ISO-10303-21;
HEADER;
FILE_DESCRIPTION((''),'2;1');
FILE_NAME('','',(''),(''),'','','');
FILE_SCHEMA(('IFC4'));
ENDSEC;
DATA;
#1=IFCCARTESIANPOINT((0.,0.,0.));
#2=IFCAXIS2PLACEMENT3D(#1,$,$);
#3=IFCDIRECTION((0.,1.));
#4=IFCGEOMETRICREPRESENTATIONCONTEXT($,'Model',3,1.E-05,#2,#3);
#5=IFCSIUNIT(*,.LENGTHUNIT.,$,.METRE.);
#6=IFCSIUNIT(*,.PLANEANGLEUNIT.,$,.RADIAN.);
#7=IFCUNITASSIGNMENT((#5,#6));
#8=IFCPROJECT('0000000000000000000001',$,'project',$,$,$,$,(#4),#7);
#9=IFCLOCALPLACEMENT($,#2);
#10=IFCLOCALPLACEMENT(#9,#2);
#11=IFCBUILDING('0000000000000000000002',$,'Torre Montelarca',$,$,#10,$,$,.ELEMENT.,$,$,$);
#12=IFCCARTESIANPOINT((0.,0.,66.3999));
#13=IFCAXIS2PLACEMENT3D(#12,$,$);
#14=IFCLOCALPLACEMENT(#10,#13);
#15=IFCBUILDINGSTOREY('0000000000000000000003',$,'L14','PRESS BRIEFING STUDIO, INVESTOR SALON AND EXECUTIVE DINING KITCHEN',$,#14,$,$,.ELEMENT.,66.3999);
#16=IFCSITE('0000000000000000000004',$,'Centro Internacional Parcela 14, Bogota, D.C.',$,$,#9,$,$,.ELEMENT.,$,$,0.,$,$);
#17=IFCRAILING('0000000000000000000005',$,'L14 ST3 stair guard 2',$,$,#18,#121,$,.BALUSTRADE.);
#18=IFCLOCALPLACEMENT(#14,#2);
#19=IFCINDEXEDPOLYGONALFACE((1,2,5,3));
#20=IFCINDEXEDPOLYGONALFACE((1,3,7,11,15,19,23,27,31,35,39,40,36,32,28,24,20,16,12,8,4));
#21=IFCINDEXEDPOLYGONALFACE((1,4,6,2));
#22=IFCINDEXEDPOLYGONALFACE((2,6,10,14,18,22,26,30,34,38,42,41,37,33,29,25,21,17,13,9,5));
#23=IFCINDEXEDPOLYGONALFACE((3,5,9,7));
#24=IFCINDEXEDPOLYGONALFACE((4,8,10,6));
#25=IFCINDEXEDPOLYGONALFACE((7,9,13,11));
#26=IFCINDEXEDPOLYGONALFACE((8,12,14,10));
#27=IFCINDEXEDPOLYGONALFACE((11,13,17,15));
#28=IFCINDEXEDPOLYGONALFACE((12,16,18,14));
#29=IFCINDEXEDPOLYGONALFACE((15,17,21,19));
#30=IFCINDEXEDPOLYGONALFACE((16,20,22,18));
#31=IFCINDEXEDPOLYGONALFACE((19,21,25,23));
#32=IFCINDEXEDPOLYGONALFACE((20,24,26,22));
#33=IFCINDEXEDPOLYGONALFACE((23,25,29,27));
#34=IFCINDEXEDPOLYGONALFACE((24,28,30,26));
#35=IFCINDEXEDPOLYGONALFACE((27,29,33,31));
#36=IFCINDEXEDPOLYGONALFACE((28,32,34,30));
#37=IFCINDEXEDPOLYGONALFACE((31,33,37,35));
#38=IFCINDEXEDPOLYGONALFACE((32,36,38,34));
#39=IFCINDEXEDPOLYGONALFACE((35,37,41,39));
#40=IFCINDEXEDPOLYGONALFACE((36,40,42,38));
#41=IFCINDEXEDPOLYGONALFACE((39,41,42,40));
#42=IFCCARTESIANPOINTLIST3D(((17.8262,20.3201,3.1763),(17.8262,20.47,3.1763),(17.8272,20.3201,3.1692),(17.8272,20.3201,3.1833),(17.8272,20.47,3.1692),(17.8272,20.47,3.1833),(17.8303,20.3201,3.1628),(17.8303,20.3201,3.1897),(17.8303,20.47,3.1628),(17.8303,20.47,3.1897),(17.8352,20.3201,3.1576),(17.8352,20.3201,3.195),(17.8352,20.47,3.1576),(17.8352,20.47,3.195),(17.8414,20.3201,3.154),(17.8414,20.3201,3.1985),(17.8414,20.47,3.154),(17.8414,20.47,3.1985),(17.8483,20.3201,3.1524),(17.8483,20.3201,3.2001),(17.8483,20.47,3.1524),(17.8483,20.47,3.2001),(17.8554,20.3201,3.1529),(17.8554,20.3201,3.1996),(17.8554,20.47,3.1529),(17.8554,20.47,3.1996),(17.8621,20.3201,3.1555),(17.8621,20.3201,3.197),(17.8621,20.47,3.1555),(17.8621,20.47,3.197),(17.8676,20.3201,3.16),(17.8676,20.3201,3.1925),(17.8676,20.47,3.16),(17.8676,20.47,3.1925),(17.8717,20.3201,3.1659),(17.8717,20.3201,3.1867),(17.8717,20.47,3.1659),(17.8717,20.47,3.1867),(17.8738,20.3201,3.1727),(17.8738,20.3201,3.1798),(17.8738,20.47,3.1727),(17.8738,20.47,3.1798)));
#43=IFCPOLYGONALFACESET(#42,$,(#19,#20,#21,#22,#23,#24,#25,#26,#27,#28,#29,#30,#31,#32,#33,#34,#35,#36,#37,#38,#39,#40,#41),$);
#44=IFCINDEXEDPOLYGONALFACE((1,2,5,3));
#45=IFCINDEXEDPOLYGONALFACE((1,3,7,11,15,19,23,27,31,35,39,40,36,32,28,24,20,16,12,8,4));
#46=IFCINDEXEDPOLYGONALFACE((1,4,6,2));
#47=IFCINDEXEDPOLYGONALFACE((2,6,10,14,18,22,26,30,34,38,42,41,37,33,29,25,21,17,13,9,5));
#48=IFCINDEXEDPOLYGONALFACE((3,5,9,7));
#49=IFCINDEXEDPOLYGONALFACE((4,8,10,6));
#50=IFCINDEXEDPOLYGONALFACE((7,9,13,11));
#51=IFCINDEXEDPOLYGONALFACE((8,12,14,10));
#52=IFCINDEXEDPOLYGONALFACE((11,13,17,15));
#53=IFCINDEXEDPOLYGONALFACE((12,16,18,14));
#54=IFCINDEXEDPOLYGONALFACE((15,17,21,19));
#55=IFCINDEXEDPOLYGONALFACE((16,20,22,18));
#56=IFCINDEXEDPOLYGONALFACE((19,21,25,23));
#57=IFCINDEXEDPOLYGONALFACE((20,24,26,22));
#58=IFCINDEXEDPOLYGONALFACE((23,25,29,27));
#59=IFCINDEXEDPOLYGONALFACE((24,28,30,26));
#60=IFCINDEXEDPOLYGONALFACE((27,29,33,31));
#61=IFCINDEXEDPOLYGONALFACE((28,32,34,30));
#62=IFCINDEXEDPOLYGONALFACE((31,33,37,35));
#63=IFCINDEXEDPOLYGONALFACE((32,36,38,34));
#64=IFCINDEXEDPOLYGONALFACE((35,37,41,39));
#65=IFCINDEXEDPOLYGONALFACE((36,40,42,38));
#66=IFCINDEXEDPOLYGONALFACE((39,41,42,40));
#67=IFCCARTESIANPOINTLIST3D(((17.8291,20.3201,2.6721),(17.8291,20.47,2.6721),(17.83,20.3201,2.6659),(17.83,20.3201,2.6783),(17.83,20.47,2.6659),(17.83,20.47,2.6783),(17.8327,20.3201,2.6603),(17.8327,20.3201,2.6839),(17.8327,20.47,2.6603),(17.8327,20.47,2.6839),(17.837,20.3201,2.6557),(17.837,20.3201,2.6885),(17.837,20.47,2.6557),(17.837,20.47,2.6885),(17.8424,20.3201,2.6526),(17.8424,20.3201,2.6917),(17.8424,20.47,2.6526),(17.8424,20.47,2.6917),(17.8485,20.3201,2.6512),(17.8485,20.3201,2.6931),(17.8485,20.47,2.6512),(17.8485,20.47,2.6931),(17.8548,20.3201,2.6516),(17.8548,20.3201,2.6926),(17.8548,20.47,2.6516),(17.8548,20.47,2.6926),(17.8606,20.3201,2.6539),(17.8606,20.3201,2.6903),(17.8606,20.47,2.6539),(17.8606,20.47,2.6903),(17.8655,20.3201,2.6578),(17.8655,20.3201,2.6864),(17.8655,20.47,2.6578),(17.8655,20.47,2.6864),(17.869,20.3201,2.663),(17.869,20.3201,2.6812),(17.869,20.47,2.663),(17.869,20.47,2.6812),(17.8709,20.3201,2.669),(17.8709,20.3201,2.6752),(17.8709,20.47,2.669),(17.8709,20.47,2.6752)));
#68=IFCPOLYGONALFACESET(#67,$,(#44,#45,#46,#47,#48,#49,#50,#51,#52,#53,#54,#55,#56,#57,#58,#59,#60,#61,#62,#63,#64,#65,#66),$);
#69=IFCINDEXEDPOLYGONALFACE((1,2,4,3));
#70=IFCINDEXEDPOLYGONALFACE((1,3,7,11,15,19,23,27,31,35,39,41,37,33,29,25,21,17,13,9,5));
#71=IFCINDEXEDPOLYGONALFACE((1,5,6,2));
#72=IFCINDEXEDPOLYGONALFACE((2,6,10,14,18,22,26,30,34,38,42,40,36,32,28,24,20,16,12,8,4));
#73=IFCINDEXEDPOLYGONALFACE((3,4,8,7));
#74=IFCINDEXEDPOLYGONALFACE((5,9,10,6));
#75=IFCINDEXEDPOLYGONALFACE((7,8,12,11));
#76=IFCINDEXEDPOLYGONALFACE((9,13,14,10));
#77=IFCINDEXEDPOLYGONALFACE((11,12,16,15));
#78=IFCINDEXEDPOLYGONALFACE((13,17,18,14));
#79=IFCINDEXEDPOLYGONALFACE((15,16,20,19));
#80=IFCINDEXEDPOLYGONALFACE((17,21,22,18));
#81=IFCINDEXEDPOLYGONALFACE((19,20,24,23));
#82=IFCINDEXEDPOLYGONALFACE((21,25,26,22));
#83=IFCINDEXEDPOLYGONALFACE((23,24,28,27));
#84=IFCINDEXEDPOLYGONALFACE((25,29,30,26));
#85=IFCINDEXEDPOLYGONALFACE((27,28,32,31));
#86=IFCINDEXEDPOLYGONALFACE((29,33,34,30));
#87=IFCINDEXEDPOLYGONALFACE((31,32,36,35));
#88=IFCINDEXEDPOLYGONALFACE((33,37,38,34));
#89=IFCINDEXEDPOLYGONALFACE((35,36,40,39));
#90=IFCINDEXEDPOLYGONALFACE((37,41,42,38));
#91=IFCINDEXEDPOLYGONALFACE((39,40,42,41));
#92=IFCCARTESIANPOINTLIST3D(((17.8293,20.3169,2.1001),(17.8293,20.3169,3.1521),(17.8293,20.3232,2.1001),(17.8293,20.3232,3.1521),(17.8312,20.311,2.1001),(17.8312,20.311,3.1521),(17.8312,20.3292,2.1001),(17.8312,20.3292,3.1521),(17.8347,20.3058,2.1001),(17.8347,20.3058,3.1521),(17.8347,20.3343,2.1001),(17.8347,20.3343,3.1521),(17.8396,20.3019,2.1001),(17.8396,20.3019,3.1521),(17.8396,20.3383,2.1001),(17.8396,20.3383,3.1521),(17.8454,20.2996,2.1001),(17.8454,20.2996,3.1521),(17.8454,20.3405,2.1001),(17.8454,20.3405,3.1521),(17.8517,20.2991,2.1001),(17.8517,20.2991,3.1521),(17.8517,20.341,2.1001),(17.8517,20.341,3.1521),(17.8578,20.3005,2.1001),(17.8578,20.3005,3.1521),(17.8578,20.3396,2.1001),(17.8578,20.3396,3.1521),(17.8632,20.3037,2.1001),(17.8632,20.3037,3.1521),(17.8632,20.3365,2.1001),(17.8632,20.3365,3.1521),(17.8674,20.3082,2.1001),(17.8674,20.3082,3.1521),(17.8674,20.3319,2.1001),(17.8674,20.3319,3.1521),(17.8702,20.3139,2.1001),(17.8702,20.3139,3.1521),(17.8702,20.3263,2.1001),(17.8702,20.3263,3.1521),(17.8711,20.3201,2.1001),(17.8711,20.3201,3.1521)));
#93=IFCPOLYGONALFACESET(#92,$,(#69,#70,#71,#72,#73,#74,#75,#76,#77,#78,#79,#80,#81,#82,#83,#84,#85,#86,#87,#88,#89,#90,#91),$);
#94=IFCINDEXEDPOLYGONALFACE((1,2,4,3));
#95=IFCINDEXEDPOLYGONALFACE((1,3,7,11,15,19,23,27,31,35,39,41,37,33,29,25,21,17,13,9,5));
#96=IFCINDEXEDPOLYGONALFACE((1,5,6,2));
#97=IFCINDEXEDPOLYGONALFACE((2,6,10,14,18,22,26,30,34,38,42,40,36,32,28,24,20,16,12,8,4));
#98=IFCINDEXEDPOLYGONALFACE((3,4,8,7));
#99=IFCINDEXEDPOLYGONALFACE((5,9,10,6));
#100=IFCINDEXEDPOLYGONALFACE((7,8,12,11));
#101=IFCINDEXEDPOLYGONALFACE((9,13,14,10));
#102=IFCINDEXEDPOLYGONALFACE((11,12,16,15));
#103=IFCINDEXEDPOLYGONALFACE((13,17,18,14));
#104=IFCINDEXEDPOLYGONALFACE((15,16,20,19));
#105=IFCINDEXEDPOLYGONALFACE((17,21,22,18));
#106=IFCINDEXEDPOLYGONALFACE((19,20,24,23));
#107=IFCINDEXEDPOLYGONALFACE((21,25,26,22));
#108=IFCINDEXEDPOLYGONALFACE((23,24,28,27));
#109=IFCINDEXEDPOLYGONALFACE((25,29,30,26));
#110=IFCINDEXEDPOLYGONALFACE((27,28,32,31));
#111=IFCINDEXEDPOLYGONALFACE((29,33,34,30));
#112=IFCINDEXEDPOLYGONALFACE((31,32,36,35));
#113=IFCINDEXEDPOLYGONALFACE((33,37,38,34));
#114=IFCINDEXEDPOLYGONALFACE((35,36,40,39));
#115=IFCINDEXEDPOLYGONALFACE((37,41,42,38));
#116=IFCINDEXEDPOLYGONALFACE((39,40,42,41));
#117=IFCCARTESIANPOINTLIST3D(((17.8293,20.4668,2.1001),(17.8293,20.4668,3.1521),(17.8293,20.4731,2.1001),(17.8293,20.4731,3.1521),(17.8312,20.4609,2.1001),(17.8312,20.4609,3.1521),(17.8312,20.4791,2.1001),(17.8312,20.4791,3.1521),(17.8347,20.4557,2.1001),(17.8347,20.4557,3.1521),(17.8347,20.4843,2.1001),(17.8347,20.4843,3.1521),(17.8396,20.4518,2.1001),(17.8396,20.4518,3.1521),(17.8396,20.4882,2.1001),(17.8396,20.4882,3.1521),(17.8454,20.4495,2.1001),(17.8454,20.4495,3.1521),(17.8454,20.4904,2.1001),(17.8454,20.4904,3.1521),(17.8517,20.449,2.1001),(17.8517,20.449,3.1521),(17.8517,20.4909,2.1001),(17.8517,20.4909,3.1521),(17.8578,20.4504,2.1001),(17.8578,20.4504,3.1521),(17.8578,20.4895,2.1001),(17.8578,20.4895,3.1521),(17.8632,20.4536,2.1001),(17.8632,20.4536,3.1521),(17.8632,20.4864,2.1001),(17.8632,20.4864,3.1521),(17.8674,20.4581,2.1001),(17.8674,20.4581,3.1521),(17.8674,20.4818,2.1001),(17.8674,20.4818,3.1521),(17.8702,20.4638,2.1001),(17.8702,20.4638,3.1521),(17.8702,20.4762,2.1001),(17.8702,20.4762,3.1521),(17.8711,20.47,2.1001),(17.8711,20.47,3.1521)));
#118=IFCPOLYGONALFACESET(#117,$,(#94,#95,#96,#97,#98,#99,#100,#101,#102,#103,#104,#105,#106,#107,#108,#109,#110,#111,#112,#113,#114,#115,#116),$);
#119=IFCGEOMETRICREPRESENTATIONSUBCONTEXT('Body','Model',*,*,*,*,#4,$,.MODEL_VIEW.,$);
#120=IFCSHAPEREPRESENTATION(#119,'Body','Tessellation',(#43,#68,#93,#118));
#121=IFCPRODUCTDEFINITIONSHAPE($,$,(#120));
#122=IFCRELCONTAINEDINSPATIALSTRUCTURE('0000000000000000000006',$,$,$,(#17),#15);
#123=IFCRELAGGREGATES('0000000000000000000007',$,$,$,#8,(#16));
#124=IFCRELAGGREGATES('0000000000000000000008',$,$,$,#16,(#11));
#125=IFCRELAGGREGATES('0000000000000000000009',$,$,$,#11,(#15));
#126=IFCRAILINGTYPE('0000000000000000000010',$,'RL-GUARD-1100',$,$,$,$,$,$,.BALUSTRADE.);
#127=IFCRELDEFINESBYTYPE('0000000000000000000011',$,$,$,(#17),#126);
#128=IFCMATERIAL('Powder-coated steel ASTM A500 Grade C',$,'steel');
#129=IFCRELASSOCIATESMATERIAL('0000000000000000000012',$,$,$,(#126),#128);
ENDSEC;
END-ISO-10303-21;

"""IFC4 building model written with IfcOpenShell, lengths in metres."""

from ifc_helpers import new_model, si_unit, direction, frame, origin, origin_2d, place, context, subcontext, project, spatial, circle, extrude, material, type_object, element, save


model = new_model("IFC4")

# Units and contexts
model_context = context("Model", 3, precision=1e-05, world=origin(), true_north=direction((0.0, 1.0)))
body_context = subcontext(model_context, "Body", "Model", "MODEL_VIEW")
ifc_project = project(units=[si_unit("LENGTHUNIT", "METRE"), si_unit("PLANEANGLEUNIT", "RADIAN")], contexts=[model_context])

# Site, building, storey
site_placement = place(None, origin())
site = spatial("IfcSite", under=ifc_project, at=site_placement, Name="Centro Internacional Parcela 14, Bogota, D.C.", CompositionType="ELEMENT", RefElevation=0.0)
building_placement = place(site_placement, origin())
building = spatial("IfcBuilding", under=site, at=building_placement, Name="Torre Montelarca", CompositionType="ELEMENT")
storey_placement = place(building_placement, frame((0.0, 0.0, 66.3999)))
storey = spatial("IfcBuildingStorey", under=building, at=storey_placement, Name="L14", Description="PRESS BRIEFING STUDIO, INVESTOR SALON AND EXECUTIVE DINING KITCHEN", CompositionType="ELEMENT", Elevation=66.3999)

# Railing
ifc_material_1 = material(Name="Powder-coated steel ASTM A500 Grade C", Category="steel")
railing_type_1 = type_object("IfcRailingType", Name="RL-GUARD-1100", PredefinedType="BALUSTRADE", material=ifc_material_1)
railing_1_placement = place(storey_placement, frame((17.8501, 20.3201, 2.1001)))
element("IfcRailing", 1, at=railing_1_placement, inside=storey, type_object=railing_type_1, Name="L14 ST3 stair guard 2", PredefinedType="BALUSTRADE", context=body_context, shape_type="SweptSolid", body=[
    extrude(circle(Radius=0.0239, at=origin_2d()), frame((0.0, 0.0, 1.0762), z_axis=(0.0, 1.0, 0.0), x_axis=(-1.0, 0.0, 0.0)), (0.0, 0.0, 1.0), 0.1499),
    extrude(circle(Radius=0.021, at=origin_2d()), frame((0.0, 0.0, 0.572), z_axis=(0.0, 1.0, 0.0), x_axis=(-1.0, 0.0, 0.0)), (0.0, 0.0, 1.0), 0.1499),
    extrude(circle(Radius=0.021, at=origin_2d()), origin(), (0.0, 0.0, 1.0), 1.052),
    extrude(circle(Radius=0.021, at=origin_2d()), frame((0.0, 0.1499, 0.0)), (0.0, 0.0, 1.0), 1.052),
])

save(model, "model.ifc")
